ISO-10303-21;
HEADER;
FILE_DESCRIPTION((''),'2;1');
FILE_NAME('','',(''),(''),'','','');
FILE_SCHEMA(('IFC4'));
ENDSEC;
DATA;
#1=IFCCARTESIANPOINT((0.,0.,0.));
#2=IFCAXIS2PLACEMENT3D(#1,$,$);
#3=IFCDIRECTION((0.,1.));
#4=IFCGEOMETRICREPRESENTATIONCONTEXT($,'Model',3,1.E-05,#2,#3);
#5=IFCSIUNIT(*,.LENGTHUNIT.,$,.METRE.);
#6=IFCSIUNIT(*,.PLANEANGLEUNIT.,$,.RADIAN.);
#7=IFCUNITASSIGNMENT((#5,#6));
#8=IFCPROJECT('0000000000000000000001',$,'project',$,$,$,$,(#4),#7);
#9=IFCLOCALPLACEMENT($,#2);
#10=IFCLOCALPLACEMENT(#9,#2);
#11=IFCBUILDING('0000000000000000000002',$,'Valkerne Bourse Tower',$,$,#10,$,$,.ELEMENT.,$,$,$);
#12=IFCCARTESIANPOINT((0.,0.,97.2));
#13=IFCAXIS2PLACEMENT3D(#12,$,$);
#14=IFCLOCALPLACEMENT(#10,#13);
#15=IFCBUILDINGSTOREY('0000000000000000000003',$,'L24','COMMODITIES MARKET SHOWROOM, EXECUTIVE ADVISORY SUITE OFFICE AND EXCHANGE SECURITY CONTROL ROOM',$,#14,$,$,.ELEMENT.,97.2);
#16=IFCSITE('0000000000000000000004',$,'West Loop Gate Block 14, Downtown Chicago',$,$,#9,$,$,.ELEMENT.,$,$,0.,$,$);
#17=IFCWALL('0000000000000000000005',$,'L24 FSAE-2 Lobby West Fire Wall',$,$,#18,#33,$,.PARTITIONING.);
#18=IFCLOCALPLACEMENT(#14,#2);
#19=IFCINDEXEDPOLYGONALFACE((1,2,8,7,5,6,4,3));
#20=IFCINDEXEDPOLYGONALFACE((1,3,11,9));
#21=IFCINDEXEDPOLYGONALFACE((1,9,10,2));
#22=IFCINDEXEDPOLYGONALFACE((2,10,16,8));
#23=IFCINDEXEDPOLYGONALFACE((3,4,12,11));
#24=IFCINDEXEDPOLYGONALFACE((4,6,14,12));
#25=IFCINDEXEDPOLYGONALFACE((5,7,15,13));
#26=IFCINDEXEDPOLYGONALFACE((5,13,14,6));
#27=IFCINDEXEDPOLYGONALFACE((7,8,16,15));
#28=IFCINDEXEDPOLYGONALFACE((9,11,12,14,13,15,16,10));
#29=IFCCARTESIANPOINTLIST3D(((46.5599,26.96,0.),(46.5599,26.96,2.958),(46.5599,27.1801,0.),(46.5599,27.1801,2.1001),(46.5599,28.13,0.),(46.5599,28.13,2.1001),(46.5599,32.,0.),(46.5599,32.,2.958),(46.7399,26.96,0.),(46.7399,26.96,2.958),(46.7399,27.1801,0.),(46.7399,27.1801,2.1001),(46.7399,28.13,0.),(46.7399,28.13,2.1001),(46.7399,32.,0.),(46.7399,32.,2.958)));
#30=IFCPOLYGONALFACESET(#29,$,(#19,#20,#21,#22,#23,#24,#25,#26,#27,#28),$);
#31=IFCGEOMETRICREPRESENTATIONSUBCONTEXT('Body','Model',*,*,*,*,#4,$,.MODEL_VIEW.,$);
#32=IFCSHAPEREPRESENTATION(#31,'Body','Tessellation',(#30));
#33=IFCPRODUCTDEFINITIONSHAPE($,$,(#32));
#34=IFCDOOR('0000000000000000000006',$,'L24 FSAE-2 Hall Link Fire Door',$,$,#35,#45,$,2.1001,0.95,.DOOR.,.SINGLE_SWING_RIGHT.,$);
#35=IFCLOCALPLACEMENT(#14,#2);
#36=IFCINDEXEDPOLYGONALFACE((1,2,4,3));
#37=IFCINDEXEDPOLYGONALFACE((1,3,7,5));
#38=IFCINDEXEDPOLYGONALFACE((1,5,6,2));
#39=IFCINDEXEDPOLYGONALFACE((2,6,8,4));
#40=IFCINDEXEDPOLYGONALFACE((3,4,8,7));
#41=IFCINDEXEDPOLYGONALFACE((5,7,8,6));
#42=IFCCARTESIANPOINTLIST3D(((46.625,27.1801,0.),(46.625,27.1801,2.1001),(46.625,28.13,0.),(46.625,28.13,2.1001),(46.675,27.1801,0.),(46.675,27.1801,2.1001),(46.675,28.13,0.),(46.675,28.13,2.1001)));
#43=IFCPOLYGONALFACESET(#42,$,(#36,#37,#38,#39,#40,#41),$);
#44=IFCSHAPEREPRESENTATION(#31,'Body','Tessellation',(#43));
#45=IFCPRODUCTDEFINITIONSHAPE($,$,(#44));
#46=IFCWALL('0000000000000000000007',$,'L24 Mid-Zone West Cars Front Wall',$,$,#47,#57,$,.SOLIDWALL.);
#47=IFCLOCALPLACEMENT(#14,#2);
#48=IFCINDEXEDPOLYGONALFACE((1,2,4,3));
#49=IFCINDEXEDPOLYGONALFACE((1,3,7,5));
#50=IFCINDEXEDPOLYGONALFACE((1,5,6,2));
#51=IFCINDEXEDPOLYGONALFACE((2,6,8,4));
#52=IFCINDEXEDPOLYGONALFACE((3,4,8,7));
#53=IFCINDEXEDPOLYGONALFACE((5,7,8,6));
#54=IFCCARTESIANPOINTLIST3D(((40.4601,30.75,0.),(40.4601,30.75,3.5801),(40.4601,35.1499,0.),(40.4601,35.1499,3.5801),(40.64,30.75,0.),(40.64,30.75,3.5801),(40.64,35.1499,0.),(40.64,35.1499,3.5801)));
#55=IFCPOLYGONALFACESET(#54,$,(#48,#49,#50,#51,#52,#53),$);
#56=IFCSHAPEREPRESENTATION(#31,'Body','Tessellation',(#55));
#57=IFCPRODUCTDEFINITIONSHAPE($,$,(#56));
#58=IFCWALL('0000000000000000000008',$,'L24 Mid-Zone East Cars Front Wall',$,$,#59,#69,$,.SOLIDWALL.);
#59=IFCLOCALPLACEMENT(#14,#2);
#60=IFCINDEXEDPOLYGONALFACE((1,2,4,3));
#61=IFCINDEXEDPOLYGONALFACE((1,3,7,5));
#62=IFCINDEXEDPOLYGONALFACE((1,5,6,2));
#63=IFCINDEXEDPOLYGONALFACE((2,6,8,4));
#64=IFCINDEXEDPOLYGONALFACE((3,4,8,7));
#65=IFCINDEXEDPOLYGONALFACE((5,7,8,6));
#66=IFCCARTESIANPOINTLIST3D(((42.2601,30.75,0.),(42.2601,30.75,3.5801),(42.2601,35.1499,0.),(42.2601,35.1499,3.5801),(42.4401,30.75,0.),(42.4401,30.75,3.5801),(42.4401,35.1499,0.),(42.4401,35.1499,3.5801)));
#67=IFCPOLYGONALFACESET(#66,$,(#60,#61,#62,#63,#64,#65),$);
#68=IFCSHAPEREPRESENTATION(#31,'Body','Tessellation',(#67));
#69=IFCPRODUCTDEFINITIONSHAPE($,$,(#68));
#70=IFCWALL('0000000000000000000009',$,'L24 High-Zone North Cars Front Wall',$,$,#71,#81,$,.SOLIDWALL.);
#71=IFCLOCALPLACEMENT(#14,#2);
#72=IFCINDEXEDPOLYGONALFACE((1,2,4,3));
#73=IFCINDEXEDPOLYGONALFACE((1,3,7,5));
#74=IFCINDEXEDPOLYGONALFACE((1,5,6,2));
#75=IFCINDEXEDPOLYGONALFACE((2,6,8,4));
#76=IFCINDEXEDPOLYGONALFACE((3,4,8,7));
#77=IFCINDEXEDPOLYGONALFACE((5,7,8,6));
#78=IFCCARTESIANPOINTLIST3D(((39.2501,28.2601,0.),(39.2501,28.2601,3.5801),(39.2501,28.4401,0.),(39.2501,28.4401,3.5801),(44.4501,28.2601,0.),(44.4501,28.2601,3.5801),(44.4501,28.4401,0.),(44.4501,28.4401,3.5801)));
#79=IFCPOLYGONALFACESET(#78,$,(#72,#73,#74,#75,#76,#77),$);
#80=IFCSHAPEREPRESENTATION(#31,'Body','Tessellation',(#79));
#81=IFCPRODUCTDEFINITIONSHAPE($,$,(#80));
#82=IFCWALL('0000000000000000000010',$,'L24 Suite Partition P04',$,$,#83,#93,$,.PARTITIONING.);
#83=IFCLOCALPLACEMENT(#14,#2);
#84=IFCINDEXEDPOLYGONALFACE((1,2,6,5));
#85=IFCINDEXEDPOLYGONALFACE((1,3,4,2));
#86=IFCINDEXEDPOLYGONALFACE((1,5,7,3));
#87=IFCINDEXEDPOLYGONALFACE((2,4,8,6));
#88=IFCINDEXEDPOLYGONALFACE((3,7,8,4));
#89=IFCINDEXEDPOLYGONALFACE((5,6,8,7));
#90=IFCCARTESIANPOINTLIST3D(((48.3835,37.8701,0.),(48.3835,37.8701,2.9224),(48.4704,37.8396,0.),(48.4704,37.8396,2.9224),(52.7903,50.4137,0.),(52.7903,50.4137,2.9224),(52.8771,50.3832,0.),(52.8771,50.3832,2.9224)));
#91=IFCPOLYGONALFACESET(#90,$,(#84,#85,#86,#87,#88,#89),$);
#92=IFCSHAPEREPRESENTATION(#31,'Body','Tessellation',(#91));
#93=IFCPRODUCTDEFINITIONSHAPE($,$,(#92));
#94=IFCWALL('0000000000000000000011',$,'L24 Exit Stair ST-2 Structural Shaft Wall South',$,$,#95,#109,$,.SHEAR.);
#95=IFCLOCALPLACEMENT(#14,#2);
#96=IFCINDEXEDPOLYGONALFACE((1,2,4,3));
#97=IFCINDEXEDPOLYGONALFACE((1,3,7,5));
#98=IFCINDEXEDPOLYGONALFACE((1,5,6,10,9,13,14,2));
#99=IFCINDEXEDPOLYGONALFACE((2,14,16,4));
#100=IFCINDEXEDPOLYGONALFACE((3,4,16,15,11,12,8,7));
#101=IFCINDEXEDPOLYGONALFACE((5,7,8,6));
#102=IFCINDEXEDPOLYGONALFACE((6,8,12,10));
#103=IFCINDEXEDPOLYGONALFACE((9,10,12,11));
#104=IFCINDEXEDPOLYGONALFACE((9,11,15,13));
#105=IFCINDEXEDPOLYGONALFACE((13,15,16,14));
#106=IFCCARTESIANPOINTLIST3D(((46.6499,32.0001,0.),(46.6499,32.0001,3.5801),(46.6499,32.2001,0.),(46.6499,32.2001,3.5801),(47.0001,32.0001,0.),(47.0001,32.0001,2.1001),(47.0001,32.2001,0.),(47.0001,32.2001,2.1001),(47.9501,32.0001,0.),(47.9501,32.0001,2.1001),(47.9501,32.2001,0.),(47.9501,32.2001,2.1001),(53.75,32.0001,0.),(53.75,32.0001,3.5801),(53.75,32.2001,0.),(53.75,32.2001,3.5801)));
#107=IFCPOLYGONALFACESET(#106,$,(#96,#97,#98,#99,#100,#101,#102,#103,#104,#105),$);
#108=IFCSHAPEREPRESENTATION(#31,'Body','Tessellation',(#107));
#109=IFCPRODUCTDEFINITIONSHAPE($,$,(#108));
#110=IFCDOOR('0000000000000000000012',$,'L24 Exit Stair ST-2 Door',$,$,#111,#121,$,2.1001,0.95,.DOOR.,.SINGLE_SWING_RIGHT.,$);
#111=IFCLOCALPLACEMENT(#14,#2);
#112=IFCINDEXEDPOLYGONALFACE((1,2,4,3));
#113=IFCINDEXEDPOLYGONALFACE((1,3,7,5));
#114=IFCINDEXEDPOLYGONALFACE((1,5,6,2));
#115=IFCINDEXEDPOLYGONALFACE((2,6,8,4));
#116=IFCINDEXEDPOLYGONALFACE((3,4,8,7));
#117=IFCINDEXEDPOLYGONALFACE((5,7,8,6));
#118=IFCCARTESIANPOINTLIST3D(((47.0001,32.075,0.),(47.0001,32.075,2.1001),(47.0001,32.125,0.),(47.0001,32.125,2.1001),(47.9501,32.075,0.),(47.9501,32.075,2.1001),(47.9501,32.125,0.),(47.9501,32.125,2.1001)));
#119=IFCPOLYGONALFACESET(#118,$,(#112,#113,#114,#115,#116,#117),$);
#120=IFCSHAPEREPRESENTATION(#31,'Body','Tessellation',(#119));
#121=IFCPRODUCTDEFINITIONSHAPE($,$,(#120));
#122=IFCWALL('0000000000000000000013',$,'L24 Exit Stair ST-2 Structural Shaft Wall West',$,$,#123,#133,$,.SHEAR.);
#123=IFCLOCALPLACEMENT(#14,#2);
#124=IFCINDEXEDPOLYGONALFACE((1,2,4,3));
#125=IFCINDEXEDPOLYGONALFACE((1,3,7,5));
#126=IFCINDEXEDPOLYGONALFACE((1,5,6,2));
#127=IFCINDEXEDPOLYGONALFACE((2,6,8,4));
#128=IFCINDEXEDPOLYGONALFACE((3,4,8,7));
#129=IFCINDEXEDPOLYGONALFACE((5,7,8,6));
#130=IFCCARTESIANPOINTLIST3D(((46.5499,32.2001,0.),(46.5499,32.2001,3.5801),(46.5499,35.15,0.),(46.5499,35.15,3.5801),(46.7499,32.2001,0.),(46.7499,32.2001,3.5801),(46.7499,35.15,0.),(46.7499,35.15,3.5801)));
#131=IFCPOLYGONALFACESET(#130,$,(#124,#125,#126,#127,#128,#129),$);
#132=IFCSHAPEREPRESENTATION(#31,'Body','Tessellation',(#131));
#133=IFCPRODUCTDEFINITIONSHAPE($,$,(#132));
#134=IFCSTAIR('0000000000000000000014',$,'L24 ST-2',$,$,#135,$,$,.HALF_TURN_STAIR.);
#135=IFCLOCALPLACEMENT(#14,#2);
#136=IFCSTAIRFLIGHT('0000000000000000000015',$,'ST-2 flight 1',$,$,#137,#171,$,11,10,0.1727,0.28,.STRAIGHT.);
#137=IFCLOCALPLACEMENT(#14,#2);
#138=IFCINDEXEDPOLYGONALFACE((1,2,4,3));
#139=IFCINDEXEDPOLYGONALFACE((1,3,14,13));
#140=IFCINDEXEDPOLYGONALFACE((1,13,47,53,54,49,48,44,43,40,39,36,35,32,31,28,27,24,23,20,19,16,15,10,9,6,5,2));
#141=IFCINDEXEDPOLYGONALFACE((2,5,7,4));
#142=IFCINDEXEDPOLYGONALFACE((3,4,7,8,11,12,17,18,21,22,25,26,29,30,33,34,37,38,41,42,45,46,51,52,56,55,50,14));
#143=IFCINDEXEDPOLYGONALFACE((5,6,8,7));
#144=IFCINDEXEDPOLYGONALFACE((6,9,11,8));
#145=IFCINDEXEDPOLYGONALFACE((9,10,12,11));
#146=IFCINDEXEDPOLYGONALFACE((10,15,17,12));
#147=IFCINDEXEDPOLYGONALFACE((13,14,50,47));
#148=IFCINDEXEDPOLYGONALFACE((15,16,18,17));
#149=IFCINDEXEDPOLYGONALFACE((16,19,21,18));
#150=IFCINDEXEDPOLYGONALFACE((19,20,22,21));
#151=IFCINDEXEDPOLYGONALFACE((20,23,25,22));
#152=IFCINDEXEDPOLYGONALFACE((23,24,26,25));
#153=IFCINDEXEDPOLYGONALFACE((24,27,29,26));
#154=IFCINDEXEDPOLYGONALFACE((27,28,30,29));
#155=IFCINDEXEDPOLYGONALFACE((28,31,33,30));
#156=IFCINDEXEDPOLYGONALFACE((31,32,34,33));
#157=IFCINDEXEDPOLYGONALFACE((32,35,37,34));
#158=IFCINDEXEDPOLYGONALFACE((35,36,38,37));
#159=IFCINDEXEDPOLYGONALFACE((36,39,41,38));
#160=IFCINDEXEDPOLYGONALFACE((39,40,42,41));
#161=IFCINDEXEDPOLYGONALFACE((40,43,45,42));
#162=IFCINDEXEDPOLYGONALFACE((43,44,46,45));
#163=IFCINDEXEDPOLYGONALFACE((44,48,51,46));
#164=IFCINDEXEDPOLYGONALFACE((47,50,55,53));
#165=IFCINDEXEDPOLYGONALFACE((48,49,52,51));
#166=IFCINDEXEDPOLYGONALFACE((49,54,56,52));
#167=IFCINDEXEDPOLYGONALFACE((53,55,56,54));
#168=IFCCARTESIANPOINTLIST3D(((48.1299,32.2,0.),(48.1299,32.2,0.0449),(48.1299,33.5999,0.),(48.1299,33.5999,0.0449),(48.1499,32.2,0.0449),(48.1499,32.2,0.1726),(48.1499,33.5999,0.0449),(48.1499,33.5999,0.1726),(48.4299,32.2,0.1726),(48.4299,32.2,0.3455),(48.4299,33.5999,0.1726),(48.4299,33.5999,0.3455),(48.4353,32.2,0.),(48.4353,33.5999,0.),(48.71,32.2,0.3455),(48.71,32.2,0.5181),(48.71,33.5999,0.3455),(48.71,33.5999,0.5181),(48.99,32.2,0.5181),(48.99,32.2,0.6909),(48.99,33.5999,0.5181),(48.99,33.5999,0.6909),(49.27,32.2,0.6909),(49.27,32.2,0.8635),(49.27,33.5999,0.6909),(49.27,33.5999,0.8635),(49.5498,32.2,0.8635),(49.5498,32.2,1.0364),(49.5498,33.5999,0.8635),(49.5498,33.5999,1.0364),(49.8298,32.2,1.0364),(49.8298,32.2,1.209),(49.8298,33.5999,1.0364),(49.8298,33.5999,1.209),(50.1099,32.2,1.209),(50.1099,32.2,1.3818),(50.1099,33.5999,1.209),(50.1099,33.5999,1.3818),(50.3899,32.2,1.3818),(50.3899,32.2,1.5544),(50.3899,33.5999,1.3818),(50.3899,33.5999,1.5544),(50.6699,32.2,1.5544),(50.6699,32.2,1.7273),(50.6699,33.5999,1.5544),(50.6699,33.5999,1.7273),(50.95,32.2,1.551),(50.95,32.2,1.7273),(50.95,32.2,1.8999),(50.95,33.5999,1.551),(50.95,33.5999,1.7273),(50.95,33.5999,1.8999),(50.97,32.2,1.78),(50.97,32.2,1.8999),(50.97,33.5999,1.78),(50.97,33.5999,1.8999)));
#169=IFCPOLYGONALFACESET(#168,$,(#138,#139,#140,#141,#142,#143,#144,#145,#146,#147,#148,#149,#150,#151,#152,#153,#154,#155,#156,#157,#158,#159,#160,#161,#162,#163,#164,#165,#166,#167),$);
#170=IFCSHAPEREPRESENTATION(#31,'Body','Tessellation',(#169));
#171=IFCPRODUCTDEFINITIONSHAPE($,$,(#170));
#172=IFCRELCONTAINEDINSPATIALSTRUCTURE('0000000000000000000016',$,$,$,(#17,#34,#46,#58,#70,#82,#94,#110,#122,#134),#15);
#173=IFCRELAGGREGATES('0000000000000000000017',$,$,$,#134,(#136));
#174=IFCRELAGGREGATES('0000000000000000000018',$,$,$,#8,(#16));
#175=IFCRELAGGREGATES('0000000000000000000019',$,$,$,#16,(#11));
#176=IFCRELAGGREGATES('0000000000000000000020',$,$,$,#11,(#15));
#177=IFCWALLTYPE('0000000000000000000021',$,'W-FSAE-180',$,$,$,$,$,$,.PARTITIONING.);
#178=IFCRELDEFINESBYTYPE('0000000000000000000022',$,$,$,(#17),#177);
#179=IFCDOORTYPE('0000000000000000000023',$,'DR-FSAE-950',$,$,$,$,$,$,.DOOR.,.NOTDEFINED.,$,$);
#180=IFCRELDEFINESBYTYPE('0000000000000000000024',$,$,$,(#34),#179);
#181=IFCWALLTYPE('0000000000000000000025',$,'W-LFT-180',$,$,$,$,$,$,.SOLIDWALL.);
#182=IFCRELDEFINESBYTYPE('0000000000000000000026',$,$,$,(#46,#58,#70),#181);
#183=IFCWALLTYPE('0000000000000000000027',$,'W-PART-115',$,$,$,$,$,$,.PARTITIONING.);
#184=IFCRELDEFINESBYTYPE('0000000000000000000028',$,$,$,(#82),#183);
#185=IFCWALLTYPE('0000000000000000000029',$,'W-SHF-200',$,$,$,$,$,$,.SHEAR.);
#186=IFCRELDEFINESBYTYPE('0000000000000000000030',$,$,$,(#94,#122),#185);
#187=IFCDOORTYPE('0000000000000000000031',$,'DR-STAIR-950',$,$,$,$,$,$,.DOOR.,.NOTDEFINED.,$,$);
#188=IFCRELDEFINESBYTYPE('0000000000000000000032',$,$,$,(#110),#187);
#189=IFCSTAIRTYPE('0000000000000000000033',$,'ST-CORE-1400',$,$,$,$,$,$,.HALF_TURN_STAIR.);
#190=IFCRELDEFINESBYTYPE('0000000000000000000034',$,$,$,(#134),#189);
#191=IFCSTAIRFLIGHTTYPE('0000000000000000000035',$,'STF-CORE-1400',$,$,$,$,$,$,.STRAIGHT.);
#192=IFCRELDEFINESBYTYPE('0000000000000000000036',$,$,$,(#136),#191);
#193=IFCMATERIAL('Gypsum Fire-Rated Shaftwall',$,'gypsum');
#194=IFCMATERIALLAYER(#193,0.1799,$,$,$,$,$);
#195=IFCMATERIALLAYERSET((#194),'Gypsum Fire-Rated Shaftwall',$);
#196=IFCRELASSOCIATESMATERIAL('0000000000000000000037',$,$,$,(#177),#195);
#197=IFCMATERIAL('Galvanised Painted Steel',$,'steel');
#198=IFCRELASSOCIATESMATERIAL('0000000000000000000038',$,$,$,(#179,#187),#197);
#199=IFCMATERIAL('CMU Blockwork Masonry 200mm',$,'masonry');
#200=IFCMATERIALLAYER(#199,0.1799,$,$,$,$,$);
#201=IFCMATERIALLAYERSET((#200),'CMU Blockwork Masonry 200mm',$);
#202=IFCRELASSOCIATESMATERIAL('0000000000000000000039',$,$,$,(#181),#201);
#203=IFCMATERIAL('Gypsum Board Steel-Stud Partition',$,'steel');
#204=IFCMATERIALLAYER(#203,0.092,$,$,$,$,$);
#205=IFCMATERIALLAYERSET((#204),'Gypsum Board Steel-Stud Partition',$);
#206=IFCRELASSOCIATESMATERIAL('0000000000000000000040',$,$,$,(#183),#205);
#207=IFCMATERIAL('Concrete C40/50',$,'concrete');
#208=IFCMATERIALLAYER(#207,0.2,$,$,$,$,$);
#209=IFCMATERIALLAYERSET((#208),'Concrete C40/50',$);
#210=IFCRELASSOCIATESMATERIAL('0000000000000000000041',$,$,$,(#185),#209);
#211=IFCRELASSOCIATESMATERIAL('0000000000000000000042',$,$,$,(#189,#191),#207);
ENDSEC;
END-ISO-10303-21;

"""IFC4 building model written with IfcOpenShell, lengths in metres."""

from ifc_helpers import new_model, si_unit, direction, frame, frame_2d, origin, place, context, subcontext, project, spatial, polyline, rectangle, outline, extrude, material, layer, layer_set, type_object, element, fill, aggregate, save


model = new_model("IFC4")

# Units and contexts
model_context = context("Model", 3, precision=1e-05, world=origin(), true_north=direction((0.0, 1.0)))
body_context = subcontext(model_context, "Body", "Model", "MODEL_VIEW")
ifc_project = project(units=[si_unit("LENGTHUNIT", "METRE"), si_unit("PLANEANGLEUNIT", "RADIAN")], contexts=[model_context])

# Site, building, storey
site_placement = place(None, origin())
site = spatial("IfcSite", under=ifc_project, at=site_placement, Name="West Loop Gate Block 14, Downtown Chicago", CompositionType="ELEMENT", RefElevation=0.0)
building_placement = place(site_placement, origin())
building = spatial("IfcBuilding", under=site, at=building_placement, Name="Valkerne Bourse Tower", CompositionType="ELEMENT")
storey_placement = place(building_placement, frame((0.0, 0.0, 97.2)))
storey = spatial("IfcBuildingStorey", under=building, at=storey_placement, Name="L24", Description="COMMODITIES MARKET SHOWROOM, EXECUTIVE ADVISORY SUITE OFFICE AND EXCHANGE SECURITY CONTROL ROOM", CompositionType="ELEMENT", Elevation=97.2)

# Wall, opening, door
ifc_material_1 = material(Name="Gypsum Fire-Rated Shaftwall", Category="gypsum")
ifc_layer_1 = layer(ifc_material_1, 0.1799)
ifc_layer_set_1 = layer_set([ifc_layer_1], Name="Gypsum Fire-Rated Shaftwall")
wall_type_1 = type_object("IfcWallType", Name="W-FSAE-180", PredefinedType="PARTITIONING", material=ifc_layer_set_1)
wall_1_placement = place(storey_placement, frame((46.6499, 26.96, 0.0), z_axis=(0.0, 0.0, 1.0), x_axis=(0.0, 1.0, 0.0)))
wall_1 = element("IfcWall", 1, at=wall_1_placement, inside=storey, type_object=wall_type_1, Name="L24 FSAE-2 Lobby West Fire Wall", PredefinedType="PARTITIONING", context=body_context, shape_type="SweptSolid", body=[
    extrude(rectangle(XDim=5.04, YDim=0.1799, at=frame_2d((2.52, 0.0))), origin(), (0.0, 0.0, 1.0), 2.958),
])
opening_1_placement = place(wall_1_placement, frame((0.22, 0.0, 0.0)))
opening_1 = element("IfcOpeningElement", 2, at=opening_1_placement, cuts=wall_1, PredefinedType="OPENING", context=body_context, shape_type="SweptSolid", body=[
    extrude(rectangle(XDim=0.95, YDim=2.1001, at=frame_2d((0.4751, 1.05))), frame((0.0, 0.0999, 0.0), z_axis=(0.0, -1.0, 0.0), x_axis=(1.0, 0.0, 0.0)), (0.0, 0.0, 1.0), 0.2),
])
ifc_material_2 = material(Name="Galvanised Painted Steel", Category="steel")
door_type_1 = type_object("IfcDoorType", Name="DR-FSAE-950", OperationType="NOTDEFINED", PredefinedType="DOOR", material=ifc_material_2)
door_1_placement = place(opening_1_placement, origin())
door_1 = element("IfcDoor", 3, at=door_1_placement, inside=storey, type_object=door_type_1, Name="L24 FSAE-2 Hall Link Fire Door", OperationType="SINGLE_SWING_RIGHT", OverallHeight=2.1001, OverallWidth=0.95, PredefinedType="DOOR", context=body_context, shape_type="SweptSolid", body=[
    extrude(rectangle(XDim=0.95, YDim=2.1001, at=frame_2d((0.4751, 1.05))), frame((0.0, 0.0249, 0.0), z_axis=(0.0, -1.0, 0.0), x_axis=(1.0, 0.0, 0.0)), (0.0, 0.0, 1.0), 0.05),
])
fill(opening_1, door_1)

# Walls
ifc_material_3 = material(Name="CMU Blockwork Masonry 200mm", Category="masonry")
ifc_layer_2 = layer(ifc_material_3, 0.1799)
ifc_layer_set_2 = layer_set([ifc_layer_2], Name="CMU Blockwork Masonry 200mm")
wall_type_2 = type_object("IfcWallType", Name="W-LFT-180", PredefinedType="SOLIDWALL", material=ifc_layer_set_2)
for number, where, z_axis, x_axis, name in (
    (4, (40.55, 30.75, 0.0), (0.0, 0.0, 1.0), (0.0, 1.0, 0.0), "L24 Mid-Zone West Cars Front Wall"),
    (5, (42.3501, 30.75, 0.0), (0.0, 0.0, 1.0), (0.0, 1.0, 0.0), "L24 Mid-Zone East Cars Front Wall"),
):
    element("IfcWall", number, at=place(storey_placement, frame(where, z_axis=z_axis, x_axis=x_axis)), inside=storey, type_object=wall_type_2, Name=name, PredefinedType="SOLIDWALL", context=body_context, shape_type="SweptSolid", body=[
        extrude(rectangle(XDim=4.3999, YDim=0.1799, at=frame_2d((2.2, 0.0))), origin(), (0.0, 0.0, 1.0), 3.5801),
    ])
wall_2_placement = place(storey_placement, frame((39.25, 28.3501, 0.0), z_axis=(0.0, 0.0, 1.0), x_axis=(1.0, 0.0, 0.0)))
element("IfcWall", 6, at=wall_2_placement, inside=storey, type_object=wall_type_2, Name="L24 High-Zone North Cars Front Wall", PredefinedType="SOLIDWALL", context=body_context, shape_type="SweptSolid", body=[
    extrude(rectangle(XDim=5.2, YDim=0.1799, at=frame_2d((2.6001, 0.0))), origin(), (0.0, 0.0, 1.0), 3.5801),
])
ifc_material_4 = material(Name="Gypsum Board Steel-Stud Partition", Category="steel")
ifc_layer_3 = layer(ifc_material_4, 0.092)
ifc_layer_set_3 = layer_set([ifc_layer_3], Name="Gypsum Board Steel-Stud Partition")
wall_type_3 = type_object("IfcWallType", Name="W-PART-115", PredefinedType="PARTITIONING", material=ifc_layer_set_3)
wall_3_placement = place(storey_placement, frame((48.427, 37.855, 0.0), z_axis=(0.0, 0.0, 1.0), x_axis=(0.331452, 0.943472, 0.0)))
element("IfcWall", 7, at=wall_3_placement, inside=storey, type_object=wall_type_3, Name="L24 Suite Partition P04", PredefinedType="PARTITIONING", context=body_context, shape_type="SweptSolid", body=[
    extrude(rectangle(XDim=13.2952, YDim=0.092, at=frame_2d((6.6475, 0.0))), origin(), (0.0, 0.0, 1.0), 2.9224),
])

# Wall, opening, door
ifc_material_5 = material(Name="Concrete C40/50", Category="concrete")
ifc_layer_4 = layer(ifc_material_5, 0.2)
ifc_layer_set_4 = layer_set([ifc_layer_4], Name="Concrete C40/50")
wall_type_4 = type_object("IfcWallType", Name="W-SHF-200", PredefinedType="SHEAR", material=ifc_layer_set_4)
wall_4_placement = place(storey_placement, frame((46.6499, 32.1001, 0.0), z_axis=(0.0, 0.0, 1.0), x_axis=(1.0, 0.0, 0.0)))
wall_4 = element("IfcWall", 8, at=wall_4_placement, inside=storey, type_object=wall_type_4, Name="L24 Exit Stair ST-2 Structural Shaft Wall South", PredefinedType="SHEAR", context=body_context, shape_type="SweptSolid", body=[
    extrude(rectangle(XDim=7.1001, YDim=0.2, at=frame_2d((3.55, 0.0))), origin(), (0.0, 0.0, 1.0), 3.5801),
])
opening_2_placement = place(wall_4_placement, frame((0.3501, 0.0, 0.0)))
opening_2 = element("IfcOpeningElement", 9, at=opening_2_placement, cuts=wall_4, PredefinedType="OPENING", context=body_context, shape_type="SweptSolid", body=[
    extrude(rectangle(XDim=0.95, YDim=2.1001, at=frame_2d((0.4751, 1.05))), frame((0.0, 0.1099, 0.0), z_axis=(0.0, -1.0, 0.0), x_axis=(1.0, 0.0, 0.0)), (0.0, 0.0, 1.0), 0.22),
])
door_type_2 = type_object("IfcDoorType", Name="DR-STAIR-950", OperationType="NOTDEFINED", PredefinedType="DOOR", material=ifc_material_2)
door_2_placement = place(opening_2_placement, origin())
door_2 = element("IfcDoor", 10, at=door_2_placement, inside=storey, type_object=door_type_2, Name="L24 Exit Stair ST-2 Door", OperationType="SINGLE_SWING_RIGHT", OverallHeight=2.1001, OverallWidth=0.95, PredefinedType="DOOR", context=body_context, shape_type="SweptSolid", body=[
    extrude(rectangle(XDim=0.95, YDim=2.1001, at=frame_2d((0.4751, 1.05))), frame((0.0, 0.0249, 0.0), z_axis=(0.0, -1.0, 0.0), x_axis=(1.0, 0.0, 0.0)), (0.0, 0.0, 1.0), 0.05),
])
fill(opening_2, door_2)

# Wall
wall_5_placement = place(storey_placement, frame((46.6499, 32.2, 0.0), z_axis=(0.0, 0.0, 1.0), x_axis=(0.0, 1.0, 0.0)))
element("IfcWall", 11, at=wall_5_placement, inside=storey, type_object=wall_type_4, Name="L24 Exit Stair ST-2 Structural Shaft Wall West", PredefinedType="SHEAR", context=body_context, shape_type="SweptSolid", body=[
    extrude(rectangle(XDim=2.95, YDim=0.2, at=frame_2d((1.4751, 0.0))), origin(), (0.0, 0.0, 1.0), 3.5801),
])

# Stair, stair flight
stair_type = type_object("IfcStairType", Name="ST-CORE-1400", PredefinedType="HALF_TURN_STAIR", material=ifc_material_5)
stair_placement = place(storey_placement, origin())
stair = element("IfcStair", 12, at=stair_placement, inside=storey, type_object=stair_type, Name="L24 ST-2", PredefinedType="HALF_TURN_STAIR")
stair_flight_type = type_object("IfcStairFlightType", Name="STF-CORE-1400", PredefinedType="STRAIGHT", material=ifc_material_5)
stair_flight_placement = place(storey_placement, frame((48.1499, 32.8999, 0.0), z_axis=(0.0, 0.0, 1.0), x_axis=(1.0, 0.0, 0.0)))
stair_flight = element("IfcStairFlight", 13, at=stair_flight_placement, type_object=stair_flight_type, Name="ST-2 flight 1", NumberOfRisers=11, NumberOfTreads=10, PredefinedType="STRAIGHT", RiserHeight=0.1727, TreadLength=0.28, context=body_context, shape_type="SweptSolid", body=[
    extrude(outline(polyline([(-0.02, 0.0), (-0.02, 0.0449), (0.0, 0.0449), (0.0, 0.1726), (0.28, 0.1726), (0.28, 0.3455), (0.5601, 0.3455), (0.5601, 0.5181), (0.8401, 0.5181), (0.8401, 0.6909), (1.1201, 0.6909), (1.1201, 0.8635), (1.3999, 0.8635), (1.3999, 1.0364), (1.6799, 1.0364), (1.6799, 1.209), (1.96, 1.209), (1.96, 1.3818), (2.24, 1.3818), (2.24, 1.5544), (2.52, 1.5544), (2.52, 1.7273), (2.8, 1.7273), (2.8, 1.8999), (2.8201, 1.8999), (2.8201, 1.78), (2.8, 1.551), (0.2854, 0.0), (-0.02, 0.0)])), frame((0.0, 0.7, 0.0), z_axis=(0.0, -1.0, 0.0), x_axis=(1.0, 0.0, 0.0)), (0.0, 0.0, 1.0), 1.3999),
])
aggregate(stair, [stair_flight])

save(model, "model.ifc")
